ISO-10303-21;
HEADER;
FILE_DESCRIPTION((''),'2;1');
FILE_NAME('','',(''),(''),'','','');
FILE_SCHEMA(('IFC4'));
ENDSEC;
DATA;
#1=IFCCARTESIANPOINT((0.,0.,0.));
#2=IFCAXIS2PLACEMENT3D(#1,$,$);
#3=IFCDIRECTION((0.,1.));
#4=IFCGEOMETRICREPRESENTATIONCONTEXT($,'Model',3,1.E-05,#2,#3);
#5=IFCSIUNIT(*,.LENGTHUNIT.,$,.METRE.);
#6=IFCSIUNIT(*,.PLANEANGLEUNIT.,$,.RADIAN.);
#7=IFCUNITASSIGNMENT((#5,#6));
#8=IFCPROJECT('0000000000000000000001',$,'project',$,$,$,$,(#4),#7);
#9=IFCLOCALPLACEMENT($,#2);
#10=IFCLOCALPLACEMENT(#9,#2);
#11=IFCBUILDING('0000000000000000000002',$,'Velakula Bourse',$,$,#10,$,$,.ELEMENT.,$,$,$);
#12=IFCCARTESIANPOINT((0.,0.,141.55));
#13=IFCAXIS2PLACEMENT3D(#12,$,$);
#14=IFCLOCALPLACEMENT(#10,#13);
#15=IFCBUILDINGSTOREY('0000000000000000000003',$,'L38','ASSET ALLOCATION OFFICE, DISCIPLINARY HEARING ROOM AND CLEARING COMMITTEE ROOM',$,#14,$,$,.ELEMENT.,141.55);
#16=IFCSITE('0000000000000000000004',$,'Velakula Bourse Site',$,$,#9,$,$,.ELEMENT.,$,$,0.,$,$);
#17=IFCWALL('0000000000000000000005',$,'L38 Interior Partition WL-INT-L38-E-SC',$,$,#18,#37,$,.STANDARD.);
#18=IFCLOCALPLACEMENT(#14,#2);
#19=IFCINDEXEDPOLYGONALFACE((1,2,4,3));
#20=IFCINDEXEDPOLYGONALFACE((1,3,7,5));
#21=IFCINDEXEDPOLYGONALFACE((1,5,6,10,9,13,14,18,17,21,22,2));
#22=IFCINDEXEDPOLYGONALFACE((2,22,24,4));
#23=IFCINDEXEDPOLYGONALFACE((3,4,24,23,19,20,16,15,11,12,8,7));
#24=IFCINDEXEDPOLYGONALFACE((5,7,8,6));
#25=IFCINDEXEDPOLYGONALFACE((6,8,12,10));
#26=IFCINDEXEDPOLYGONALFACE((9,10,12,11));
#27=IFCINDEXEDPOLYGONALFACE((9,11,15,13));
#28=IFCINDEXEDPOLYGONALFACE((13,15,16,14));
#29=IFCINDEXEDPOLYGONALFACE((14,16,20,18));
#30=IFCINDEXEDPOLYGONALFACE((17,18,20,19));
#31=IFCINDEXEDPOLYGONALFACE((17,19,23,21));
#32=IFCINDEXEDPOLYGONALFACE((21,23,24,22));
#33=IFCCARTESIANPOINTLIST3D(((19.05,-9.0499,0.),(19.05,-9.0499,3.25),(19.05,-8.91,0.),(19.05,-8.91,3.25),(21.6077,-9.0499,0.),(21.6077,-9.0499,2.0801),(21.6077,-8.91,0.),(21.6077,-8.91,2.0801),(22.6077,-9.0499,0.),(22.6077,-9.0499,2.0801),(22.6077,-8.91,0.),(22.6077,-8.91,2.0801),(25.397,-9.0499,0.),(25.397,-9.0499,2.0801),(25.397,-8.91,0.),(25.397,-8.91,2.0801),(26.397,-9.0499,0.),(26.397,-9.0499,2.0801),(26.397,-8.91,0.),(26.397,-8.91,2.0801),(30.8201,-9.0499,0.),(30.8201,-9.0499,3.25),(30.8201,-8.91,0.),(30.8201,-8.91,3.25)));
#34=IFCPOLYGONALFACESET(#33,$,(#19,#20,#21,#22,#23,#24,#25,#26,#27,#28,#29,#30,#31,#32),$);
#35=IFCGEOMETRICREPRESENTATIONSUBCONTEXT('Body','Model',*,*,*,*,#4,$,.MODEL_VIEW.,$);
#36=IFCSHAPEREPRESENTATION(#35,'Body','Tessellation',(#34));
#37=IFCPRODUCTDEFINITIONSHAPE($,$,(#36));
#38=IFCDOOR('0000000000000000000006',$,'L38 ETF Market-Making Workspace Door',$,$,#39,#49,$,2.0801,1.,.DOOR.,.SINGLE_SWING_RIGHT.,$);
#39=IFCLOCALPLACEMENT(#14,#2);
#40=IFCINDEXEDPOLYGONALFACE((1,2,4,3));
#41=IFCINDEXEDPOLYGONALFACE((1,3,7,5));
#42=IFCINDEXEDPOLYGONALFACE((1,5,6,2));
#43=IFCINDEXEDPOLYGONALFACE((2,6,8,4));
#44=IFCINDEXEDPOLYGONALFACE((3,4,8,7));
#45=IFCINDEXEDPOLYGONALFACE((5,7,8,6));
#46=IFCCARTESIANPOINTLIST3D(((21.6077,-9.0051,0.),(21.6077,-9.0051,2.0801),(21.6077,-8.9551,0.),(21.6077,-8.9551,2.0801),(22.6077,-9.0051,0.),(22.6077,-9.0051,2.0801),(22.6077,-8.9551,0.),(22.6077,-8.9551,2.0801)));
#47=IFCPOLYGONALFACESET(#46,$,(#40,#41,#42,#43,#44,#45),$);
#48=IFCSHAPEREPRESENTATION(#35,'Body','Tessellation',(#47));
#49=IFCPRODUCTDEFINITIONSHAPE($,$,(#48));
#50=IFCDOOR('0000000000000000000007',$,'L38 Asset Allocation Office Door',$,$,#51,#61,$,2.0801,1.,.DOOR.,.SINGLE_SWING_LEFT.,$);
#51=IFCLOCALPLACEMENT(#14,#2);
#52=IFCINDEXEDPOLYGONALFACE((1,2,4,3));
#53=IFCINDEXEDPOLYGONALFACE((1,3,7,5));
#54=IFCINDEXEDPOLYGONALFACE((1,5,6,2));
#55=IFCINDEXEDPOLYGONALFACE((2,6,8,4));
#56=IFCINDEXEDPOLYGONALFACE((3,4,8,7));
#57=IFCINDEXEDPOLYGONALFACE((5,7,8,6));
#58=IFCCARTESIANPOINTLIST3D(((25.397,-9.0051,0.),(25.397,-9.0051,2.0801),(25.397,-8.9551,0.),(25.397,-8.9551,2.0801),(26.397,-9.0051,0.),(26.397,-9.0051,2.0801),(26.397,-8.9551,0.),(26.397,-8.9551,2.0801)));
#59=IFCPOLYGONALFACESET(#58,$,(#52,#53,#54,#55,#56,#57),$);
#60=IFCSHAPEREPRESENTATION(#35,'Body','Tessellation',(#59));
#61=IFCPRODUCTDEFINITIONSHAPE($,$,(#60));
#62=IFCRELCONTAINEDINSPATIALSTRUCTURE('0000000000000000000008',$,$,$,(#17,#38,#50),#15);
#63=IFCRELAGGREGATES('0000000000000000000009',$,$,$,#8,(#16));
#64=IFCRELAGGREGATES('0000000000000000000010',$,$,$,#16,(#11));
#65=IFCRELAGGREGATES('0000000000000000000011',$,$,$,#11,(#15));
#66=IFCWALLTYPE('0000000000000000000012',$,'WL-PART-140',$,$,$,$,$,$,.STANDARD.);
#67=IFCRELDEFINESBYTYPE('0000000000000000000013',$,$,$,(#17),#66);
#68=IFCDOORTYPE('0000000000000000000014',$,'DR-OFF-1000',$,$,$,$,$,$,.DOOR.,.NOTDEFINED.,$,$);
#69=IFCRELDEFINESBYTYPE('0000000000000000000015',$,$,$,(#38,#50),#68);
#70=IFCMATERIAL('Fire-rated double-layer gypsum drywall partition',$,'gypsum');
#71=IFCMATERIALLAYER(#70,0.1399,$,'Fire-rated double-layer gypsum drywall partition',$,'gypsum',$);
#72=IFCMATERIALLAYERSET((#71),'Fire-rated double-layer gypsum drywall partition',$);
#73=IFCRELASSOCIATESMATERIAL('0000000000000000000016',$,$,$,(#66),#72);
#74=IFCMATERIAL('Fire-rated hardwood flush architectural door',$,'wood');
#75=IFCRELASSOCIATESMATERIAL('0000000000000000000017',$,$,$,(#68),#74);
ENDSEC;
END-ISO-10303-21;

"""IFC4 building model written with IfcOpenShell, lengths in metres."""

from ifc_helpers import new_model, si_unit, direction, frame, frame_2d, origin, place, context, subcontext, project, spatial, rectangle, extrude, material, layer, layer_set, type_object, element, fill, save


model = new_model("IFC4")

# Units and contexts
model_context = context("Model", 3, precision=1e-05, world=origin(), true_north=direction((0.0, 1.0)))
body_context = subcontext(model_context, "Body", "Model", "MODEL_VIEW")
ifc_project = project(units=[si_unit("LENGTHUNIT", "METRE"), si_unit("PLANEANGLEUNIT", "RADIAN")], contexts=[model_context])

# Site, building, storey
site_placement = place(None, origin())
site = spatial("IfcSite", under=ifc_project, at=site_placement, Name="Velakula Bourse Site", CompositionType="ELEMENT", RefElevation=0.0)
building_placement = place(site_placement, origin())
building = spatial("IfcBuilding", under=site, at=building_placement, Name="Velakula Bourse", CompositionType="ELEMENT")
storey_placement = place(building_placement, frame((0.0, 0.0, 141.55)))
storey = spatial("IfcBuildingStorey", under=building, at=storey_placement, Name="L38", Description="ASSET ALLOCATION OFFICE, DISCIPLINARY HEARING ROOM AND CLEARING COMMITTEE ROOM", CompositionType="ELEMENT", Elevation=141.55)

# Shared definitions
ifc_material_1 = material(Name="Fire-rated double-layer gypsum drywall partition", Category="gypsum")

# Wall, openings, doors
ifc_layer_1 = layer(ifc_material_1, 0.1399, Name="Fire-rated double-layer gypsum drywall partition", Category="gypsum")
ifc_layer_set_1 = layer_set([ifc_layer_1], Name="Fire-rated double-layer gypsum drywall partition")
wall_type_1 = type_object("IfcWallType", Name="WL-PART-140", PredefinedType="STANDARD", material=ifc_layer_set_1)
wall_1_placement = place(storey_placement, frame((19.05, -8.98, 0.0), z_axis=(0.0, 0.0, 1.0), x_axis=(1.0, 0.0, 0.0)))
wall_1 = element("IfcWall", 1, at=wall_1_placement, inside=storey, type_object=wall_type_1, Name="L38 Interior Partition WL-INT-L38-E-SC", PredefinedType="STANDARD", context=body_context, shape_type="SweptSolid", body=[
    extrude(rectangle(XDim=11.77, YDim=0.1399, at=frame_2d((5.885, 0.0))), origin(), (0.0, 0.0, 1.0), 3.25),
])
opening_1_placement = place(wall_1_placement, frame((2.5576, 0.0, 0.0)))
opening_1 = element("IfcOpeningElement", 2, at=opening_1_placement, cuts=wall_1, PredefinedType="OPENING", context=body_context, shape_type="SweptSolid", body=[
    extrude(rectangle(XDim=1.0, YDim=2.0801, at=frame_2d((0.5, 1.04))), frame((0.0, 0.0798, 0.0), z_axis=(0.0, -1.0, 0.0), x_axis=(1.0, 0.0, 0.0)), (0.0, 0.0, 1.0), 0.1599),
])
opening_2_placement = place(wall_1_placement, frame((6.3469, 0.0, 0.0)))
opening_2 = element("IfcOpeningElement", 3, at=opening_2_placement, cuts=wall_1, PredefinedType="OPENING", context=body_context, shape_type="SweptSolid", body=[
    extrude(rectangle(XDim=1.0, YDim=2.0801, at=frame_2d((0.5, 1.04))), frame((0.0, 0.0798, 0.0), z_axis=(0.0, -1.0, 0.0), x_axis=(1.0, 0.0, 0.0)), (0.0, 0.0, 1.0), 0.1599),
])
ifc_material_2 = material(Name="Fire-rated hardwood flush architectural door", Category="wood")
door_type = type_object("IfcDoorType", Name="DR-OFF-1000", OperationType="NOTDEFINED", PredefinedType="DOOR", material=ifc_material_2)
door_1_placement = place(opening_1_placement, origin())
door_1 = element("IfcDoor", 4, at=door_1_placement, inside=storey, type_object=door_type, Name="L38 ETF Market-Making Workspace Door", OperationType="SINGLE_SWING_RIGHT", OverallHeight=2.0801, OverallWidth=1.0, PredefinedType="DOOR", context=body_context, shape_type="SweptSolid", body=[
    extrude(rectangle(XDim=1.0, YDim=2.0801, at=frame_2d((0.5, 1.04))), frame((0.0, 0.0249, 0.0), z_axis=(0.0, -1.0, 0.0), x_axis=(1.0, 0.0, 0.0)), (0.0, 0.0, 1.0), 0.05),
])
fill(opening_1, door_1)
door_2_placement = place(opening_2_placement, origin())
door_2 = element("IfcDoor", 5, at=door_2_placement, inside=storey, type_object=door_type, Name="L38 Asset Allocation Office Door", OperationType="SINGLE_SWING_LEFT", OverallHeight=2.0801, OverallWidth=1.0, PredefinedType="DOOR", context=body_context, shape_type="SweptSolid", body=[
    extrude(rectangle(XDim=1.0, YDim=2.0801, at=frame_2d((0.5, 1.04))), frame((0.0, 0.0249, 0.0), z_axis=(0.0, -1.0, 0.0), x_axis=(1.0, 0.0, 0.0)), (0.0, 0.0, 1.0), 0.05),
])
fill(opening_2, door_2)

save(model, "model.ifc")
